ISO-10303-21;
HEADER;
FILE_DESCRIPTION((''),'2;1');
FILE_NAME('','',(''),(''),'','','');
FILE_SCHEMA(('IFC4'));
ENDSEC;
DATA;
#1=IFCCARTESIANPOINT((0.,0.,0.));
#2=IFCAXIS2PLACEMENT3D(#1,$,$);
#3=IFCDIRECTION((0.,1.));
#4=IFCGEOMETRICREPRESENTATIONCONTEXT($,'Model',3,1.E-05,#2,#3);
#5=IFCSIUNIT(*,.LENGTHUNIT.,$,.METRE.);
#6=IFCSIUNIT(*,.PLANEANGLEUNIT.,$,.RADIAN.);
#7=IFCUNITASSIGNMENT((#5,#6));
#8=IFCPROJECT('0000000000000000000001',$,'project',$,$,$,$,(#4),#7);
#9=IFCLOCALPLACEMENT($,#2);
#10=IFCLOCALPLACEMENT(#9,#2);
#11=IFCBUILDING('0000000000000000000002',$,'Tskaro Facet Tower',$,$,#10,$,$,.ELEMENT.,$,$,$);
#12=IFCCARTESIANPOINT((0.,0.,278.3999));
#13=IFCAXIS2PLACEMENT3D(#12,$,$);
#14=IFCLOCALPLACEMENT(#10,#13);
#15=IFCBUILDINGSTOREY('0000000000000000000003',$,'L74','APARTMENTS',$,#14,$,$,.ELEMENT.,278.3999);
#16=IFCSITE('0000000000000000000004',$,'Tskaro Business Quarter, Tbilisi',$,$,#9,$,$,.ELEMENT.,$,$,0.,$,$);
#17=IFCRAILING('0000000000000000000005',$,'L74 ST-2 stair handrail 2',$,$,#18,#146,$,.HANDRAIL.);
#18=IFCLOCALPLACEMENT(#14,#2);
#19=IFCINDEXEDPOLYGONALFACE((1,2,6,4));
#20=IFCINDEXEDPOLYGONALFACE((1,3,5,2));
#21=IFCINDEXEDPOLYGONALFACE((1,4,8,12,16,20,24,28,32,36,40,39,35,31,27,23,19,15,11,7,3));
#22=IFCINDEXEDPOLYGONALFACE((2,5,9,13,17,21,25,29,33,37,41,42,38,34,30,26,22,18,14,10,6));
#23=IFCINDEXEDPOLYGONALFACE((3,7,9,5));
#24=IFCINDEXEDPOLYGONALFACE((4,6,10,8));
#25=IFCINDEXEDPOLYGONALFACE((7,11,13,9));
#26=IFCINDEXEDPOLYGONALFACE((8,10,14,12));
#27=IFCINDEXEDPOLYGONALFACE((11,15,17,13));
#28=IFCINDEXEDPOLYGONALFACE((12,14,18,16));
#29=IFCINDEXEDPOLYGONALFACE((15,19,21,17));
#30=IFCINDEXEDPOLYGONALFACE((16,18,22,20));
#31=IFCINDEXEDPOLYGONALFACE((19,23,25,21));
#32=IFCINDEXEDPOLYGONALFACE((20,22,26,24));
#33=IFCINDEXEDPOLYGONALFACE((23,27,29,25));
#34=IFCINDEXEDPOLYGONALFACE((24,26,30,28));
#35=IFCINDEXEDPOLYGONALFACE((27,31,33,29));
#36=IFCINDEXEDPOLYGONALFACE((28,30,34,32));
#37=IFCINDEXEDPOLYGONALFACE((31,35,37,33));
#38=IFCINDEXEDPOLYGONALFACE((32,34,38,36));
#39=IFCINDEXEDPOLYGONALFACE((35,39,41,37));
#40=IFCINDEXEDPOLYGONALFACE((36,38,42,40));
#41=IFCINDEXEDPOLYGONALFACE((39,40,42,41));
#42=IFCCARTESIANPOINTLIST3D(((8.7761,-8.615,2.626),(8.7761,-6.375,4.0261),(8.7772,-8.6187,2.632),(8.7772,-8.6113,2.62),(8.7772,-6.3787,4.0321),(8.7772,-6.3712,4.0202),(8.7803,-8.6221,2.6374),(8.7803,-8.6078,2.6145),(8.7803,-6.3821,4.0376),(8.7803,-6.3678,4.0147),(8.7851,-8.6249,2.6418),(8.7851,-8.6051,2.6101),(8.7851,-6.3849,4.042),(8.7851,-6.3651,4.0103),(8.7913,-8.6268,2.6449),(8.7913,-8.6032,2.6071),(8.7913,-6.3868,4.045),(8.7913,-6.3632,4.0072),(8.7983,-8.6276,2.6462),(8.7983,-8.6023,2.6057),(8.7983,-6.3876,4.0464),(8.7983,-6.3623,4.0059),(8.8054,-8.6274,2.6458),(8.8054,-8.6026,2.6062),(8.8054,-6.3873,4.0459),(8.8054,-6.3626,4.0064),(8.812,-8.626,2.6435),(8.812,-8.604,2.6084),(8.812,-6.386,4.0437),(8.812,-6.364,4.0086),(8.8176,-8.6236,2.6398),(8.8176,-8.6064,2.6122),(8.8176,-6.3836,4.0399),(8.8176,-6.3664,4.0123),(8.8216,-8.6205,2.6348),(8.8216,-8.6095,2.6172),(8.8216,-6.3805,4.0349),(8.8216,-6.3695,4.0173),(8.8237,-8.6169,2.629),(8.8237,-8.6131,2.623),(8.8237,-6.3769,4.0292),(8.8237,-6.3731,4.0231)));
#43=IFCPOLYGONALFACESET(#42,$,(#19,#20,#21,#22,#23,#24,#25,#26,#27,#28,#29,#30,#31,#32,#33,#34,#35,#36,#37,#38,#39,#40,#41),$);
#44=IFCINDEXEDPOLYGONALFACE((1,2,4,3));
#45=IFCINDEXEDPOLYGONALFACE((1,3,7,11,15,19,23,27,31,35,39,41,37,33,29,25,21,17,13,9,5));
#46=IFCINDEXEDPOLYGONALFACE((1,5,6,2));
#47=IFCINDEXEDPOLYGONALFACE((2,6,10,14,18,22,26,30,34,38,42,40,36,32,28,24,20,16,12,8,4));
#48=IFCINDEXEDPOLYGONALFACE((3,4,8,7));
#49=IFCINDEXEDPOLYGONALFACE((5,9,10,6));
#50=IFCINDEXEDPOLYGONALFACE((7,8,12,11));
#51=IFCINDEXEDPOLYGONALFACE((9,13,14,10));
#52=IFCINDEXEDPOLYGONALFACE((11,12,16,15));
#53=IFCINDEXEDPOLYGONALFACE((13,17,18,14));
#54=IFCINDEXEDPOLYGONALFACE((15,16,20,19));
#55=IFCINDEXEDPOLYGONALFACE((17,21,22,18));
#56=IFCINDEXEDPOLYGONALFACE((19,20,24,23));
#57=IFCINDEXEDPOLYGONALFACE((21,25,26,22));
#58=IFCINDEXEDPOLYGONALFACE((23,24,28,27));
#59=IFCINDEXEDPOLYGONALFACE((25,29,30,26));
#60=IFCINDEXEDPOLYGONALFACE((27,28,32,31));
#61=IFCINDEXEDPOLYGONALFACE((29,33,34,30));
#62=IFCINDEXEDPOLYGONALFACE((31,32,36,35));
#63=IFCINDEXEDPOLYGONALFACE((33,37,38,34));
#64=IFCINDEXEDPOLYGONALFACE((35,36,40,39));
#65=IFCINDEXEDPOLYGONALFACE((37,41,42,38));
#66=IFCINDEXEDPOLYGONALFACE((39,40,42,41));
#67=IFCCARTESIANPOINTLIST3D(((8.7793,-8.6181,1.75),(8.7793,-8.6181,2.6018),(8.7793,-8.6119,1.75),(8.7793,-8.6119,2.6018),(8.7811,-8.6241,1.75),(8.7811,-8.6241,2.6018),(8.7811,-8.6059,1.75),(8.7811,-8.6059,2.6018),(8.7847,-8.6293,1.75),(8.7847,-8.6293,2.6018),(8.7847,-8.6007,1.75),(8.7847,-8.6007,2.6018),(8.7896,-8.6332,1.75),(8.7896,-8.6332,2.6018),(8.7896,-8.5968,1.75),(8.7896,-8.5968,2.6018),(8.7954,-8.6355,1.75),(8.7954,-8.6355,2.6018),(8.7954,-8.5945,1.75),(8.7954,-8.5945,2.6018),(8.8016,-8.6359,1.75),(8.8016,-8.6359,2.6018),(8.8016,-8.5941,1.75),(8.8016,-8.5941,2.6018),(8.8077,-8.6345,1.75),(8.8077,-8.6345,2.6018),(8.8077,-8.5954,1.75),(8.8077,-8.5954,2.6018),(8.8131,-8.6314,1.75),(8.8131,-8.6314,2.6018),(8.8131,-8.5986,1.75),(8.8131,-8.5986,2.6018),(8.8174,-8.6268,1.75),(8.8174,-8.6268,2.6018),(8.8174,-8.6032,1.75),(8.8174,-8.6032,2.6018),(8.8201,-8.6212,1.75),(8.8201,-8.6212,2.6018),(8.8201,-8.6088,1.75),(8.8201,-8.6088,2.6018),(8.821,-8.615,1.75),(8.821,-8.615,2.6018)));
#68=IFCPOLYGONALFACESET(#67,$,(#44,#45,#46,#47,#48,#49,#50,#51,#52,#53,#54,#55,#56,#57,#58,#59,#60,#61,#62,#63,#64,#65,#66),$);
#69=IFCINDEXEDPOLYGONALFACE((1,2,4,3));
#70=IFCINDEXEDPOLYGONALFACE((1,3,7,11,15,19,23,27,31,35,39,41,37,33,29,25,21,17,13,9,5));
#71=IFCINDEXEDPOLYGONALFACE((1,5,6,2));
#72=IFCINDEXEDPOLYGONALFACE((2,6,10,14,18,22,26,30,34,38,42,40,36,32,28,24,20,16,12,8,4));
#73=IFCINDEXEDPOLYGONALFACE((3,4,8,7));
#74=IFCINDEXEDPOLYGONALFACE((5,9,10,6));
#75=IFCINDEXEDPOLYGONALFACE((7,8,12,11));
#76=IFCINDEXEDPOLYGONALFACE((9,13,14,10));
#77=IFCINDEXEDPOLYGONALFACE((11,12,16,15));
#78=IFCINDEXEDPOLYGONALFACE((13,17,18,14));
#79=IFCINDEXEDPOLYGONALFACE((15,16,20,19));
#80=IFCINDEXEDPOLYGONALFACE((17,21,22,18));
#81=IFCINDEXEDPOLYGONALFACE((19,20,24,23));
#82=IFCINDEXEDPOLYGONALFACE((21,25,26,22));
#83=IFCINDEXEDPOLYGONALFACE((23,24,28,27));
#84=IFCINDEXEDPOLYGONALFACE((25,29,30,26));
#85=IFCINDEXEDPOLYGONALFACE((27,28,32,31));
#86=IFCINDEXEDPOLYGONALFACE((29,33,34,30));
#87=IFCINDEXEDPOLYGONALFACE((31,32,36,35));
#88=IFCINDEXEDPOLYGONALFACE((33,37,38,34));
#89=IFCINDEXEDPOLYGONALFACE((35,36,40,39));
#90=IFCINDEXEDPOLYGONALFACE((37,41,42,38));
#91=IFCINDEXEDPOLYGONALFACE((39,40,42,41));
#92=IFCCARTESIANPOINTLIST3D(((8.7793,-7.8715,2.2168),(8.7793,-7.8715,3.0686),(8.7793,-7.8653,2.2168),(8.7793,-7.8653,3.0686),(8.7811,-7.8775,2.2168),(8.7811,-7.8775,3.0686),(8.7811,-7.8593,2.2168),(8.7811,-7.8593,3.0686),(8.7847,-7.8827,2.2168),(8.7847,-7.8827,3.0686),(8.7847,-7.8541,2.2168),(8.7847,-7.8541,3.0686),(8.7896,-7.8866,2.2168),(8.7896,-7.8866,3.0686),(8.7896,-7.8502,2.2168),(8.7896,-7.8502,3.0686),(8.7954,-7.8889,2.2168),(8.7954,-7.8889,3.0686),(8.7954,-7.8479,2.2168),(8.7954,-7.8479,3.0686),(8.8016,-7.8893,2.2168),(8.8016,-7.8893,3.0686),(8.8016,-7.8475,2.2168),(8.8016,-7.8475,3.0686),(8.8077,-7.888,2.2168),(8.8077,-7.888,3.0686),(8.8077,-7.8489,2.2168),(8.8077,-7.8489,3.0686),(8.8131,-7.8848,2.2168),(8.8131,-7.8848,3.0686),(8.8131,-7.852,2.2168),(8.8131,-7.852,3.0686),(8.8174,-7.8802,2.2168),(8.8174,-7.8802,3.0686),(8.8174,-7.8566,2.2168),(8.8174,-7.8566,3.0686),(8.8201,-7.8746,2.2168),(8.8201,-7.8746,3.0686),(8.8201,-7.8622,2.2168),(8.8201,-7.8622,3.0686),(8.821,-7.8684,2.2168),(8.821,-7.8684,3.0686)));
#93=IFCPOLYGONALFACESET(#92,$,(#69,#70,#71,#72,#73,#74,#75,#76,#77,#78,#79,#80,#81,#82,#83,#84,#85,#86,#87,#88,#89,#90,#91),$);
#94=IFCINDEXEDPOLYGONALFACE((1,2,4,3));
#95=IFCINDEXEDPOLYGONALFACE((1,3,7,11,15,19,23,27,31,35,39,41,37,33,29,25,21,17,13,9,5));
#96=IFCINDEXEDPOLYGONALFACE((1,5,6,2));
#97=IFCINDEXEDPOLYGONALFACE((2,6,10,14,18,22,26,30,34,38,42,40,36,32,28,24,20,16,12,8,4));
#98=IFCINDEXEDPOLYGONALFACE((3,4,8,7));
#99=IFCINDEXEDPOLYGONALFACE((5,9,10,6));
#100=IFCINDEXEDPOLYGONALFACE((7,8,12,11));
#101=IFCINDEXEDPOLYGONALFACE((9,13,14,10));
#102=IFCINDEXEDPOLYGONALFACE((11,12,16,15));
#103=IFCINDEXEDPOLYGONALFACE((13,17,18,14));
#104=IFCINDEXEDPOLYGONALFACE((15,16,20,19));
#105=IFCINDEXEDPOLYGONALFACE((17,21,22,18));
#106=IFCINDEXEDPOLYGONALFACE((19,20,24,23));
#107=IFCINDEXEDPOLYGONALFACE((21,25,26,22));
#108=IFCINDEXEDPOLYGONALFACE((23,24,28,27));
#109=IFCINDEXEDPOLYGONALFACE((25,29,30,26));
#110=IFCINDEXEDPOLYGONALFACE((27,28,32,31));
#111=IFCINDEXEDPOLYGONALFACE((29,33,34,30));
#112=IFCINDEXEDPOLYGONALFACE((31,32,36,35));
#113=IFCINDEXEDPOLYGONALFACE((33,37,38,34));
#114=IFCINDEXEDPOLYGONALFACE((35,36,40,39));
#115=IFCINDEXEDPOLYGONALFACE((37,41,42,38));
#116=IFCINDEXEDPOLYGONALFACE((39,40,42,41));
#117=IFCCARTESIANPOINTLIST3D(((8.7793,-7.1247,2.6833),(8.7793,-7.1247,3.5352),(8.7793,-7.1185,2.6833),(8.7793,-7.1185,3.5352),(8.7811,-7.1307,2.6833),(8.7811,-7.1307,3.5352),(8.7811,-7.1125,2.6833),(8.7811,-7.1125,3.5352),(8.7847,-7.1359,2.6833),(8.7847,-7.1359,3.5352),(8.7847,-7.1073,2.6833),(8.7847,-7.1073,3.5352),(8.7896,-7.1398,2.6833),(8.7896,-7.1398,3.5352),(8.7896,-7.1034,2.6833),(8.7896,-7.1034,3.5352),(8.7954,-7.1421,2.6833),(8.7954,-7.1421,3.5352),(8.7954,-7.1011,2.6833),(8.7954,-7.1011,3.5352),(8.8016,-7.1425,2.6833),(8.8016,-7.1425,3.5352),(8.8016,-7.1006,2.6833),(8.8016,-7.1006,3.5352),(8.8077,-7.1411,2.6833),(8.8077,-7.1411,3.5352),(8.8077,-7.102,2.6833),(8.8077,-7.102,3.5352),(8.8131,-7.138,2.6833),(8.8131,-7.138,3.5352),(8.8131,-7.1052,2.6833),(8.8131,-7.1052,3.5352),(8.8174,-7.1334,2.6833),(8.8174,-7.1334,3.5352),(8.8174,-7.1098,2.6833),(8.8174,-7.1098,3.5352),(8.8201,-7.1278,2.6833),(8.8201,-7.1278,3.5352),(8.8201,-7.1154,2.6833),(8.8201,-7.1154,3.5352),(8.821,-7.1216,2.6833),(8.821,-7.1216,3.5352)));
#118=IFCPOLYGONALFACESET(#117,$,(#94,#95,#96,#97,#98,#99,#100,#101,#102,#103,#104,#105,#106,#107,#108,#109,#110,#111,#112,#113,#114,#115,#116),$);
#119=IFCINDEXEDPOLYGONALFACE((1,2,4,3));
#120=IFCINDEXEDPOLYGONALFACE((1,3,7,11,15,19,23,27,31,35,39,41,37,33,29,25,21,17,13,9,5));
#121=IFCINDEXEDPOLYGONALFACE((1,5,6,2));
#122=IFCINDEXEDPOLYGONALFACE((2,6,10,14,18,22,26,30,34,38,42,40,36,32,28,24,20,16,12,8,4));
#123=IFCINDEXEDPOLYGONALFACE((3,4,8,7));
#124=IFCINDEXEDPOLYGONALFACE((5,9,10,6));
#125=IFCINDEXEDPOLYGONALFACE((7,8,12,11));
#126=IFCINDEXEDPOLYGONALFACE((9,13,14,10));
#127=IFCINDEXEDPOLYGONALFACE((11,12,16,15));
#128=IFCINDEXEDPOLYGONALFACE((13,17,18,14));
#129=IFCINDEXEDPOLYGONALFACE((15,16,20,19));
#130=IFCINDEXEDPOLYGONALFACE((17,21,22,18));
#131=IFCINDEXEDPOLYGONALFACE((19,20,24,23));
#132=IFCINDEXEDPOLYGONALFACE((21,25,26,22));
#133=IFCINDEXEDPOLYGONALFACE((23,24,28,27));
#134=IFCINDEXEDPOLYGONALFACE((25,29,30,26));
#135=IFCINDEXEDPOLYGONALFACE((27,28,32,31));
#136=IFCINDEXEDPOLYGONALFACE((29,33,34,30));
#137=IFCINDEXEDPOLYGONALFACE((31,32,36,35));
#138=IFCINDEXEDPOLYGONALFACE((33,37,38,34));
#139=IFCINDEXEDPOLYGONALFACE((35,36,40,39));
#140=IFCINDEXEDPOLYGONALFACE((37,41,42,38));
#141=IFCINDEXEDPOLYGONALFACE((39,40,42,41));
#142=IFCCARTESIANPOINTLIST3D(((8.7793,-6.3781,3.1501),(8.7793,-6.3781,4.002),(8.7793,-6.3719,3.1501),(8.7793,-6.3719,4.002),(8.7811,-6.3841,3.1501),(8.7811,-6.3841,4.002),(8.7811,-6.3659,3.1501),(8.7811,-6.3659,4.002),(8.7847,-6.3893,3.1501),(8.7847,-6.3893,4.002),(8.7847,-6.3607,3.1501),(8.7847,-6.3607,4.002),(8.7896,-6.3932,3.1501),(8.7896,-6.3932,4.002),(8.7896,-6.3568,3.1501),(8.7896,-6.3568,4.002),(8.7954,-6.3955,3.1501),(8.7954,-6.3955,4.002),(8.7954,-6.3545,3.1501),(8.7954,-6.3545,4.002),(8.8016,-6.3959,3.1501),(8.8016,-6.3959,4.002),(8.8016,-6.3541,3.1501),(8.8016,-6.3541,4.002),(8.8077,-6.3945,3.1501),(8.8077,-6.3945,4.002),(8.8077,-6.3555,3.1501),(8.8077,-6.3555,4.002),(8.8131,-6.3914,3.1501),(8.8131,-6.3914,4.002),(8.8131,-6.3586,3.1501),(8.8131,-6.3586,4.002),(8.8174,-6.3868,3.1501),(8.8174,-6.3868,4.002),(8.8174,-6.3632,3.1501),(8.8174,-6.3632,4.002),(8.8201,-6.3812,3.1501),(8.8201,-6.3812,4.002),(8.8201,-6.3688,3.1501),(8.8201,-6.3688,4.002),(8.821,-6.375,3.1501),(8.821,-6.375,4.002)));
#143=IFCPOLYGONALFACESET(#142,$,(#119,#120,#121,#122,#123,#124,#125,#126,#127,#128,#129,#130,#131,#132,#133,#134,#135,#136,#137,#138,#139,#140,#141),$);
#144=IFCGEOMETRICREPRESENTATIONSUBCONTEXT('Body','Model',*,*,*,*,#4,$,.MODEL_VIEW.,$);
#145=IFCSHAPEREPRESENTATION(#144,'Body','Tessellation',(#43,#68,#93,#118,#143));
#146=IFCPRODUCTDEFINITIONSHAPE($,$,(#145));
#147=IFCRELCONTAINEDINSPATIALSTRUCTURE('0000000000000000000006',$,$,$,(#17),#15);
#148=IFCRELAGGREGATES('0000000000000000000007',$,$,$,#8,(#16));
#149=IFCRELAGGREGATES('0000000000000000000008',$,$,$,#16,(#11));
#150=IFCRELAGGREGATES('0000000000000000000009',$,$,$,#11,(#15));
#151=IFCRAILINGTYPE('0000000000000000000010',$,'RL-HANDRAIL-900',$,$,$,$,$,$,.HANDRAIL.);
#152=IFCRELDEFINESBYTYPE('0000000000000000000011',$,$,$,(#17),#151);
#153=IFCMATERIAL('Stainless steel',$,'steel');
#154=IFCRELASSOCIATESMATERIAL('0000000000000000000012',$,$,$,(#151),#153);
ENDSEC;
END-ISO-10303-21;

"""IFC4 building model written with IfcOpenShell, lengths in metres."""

from ifc_helpers import new_model, si_unit, direction, frame, origin, origin_2d, place, context, subcontext, project, spatial, circle, extrude, material, type_object, element, save


model = new_model("IFC4")

# Units and contexts
model_context = context("Model", 3, precision=1e-05, world=origin(), true_north=direction((0.0, 1.0)))
body_context = subcontext(model_context, "Body", "Model", "MODEL_VIEW")
ifc_project = project(units=[si_unit("LENGTHUNIT", "METRE"), si_unit("PLANEANGLEUNIT", "RADIAN")], contexts=[model_context])

# Site, building, storey
site_placement = place(None, origin())
site = spatial("IfcSite", under=ifc_project, at=site_placement, Name="Tskaro Business Quarter, Tbilisi", CompositionType="ELEMENT", RefElevation=0.0)
building_placement = place(site_placement, origin())
building = spatial("IfcBuilding", under=site, at=building_placement, Name="Tskaro Facet Tower", CompositionType="ELEMENT")
storey_placement = place(building_placement, frame((0.0, 0.0, 278.3999)))
storey = spatial("IfcBuildingStorey", under=building, at=storey_placement, Name="L74", Description="APARTMENTS", CompositionType="ELEMENT", Elevation=278.3999)

# Railing
ifc_material_1 = material(Name="Stainless steel", Category="steel")
railing_type_1 = type_object("IfcRailingType", Name="RL-HANDRAIL-900", PredefinedType="HANDRAIL", material=ifc_material_1)
railing_1_placement = place(storey_placement, frame((8.8, -8.615, 1.75)))
element("IfcRailing", 1, at=railing_1_placement, inside=storey, type_object=railing_type_1, Name="L74 ST-2 stair handrail 2", PredefinedType="HANDRAIL", context=body_context, shape_type="SweptSolid", body=[
    extrude(circle(Radius=0.0239, at=origin_2d()), frame((0.0, 0.0, 0.876), z_axis=(0.0, 0.847972, 0.53004), x_axis=(-1.0, 0.0, 0.0)), (0.0, 0.0, 1.0), 2.6416),
    extrude(circle(Radius=0.021, at=origin_2d()), origin(), (0.0, 0.0, 1.0), 0.8518),
    extrude(circle(Radius=0.021, at=origin_2d()), frame((0.0, 0.7466, 0.4668)), (0.0, 0.0, 1.0), 0.8518),
    extrude(circle(Radius=0.021, at=origin_2d()), frame((0.0, 1.4934, 0.9333)), (0.0, 0.0, 1.0), 0.8518),
    extrude(circle(Radius=0.021, at=origin_2d()), frame((0.0, 2.24, 1.4001)), (0.0, 0.0, 1.0), 0.8518),
])

save(model, "model.ifc")
